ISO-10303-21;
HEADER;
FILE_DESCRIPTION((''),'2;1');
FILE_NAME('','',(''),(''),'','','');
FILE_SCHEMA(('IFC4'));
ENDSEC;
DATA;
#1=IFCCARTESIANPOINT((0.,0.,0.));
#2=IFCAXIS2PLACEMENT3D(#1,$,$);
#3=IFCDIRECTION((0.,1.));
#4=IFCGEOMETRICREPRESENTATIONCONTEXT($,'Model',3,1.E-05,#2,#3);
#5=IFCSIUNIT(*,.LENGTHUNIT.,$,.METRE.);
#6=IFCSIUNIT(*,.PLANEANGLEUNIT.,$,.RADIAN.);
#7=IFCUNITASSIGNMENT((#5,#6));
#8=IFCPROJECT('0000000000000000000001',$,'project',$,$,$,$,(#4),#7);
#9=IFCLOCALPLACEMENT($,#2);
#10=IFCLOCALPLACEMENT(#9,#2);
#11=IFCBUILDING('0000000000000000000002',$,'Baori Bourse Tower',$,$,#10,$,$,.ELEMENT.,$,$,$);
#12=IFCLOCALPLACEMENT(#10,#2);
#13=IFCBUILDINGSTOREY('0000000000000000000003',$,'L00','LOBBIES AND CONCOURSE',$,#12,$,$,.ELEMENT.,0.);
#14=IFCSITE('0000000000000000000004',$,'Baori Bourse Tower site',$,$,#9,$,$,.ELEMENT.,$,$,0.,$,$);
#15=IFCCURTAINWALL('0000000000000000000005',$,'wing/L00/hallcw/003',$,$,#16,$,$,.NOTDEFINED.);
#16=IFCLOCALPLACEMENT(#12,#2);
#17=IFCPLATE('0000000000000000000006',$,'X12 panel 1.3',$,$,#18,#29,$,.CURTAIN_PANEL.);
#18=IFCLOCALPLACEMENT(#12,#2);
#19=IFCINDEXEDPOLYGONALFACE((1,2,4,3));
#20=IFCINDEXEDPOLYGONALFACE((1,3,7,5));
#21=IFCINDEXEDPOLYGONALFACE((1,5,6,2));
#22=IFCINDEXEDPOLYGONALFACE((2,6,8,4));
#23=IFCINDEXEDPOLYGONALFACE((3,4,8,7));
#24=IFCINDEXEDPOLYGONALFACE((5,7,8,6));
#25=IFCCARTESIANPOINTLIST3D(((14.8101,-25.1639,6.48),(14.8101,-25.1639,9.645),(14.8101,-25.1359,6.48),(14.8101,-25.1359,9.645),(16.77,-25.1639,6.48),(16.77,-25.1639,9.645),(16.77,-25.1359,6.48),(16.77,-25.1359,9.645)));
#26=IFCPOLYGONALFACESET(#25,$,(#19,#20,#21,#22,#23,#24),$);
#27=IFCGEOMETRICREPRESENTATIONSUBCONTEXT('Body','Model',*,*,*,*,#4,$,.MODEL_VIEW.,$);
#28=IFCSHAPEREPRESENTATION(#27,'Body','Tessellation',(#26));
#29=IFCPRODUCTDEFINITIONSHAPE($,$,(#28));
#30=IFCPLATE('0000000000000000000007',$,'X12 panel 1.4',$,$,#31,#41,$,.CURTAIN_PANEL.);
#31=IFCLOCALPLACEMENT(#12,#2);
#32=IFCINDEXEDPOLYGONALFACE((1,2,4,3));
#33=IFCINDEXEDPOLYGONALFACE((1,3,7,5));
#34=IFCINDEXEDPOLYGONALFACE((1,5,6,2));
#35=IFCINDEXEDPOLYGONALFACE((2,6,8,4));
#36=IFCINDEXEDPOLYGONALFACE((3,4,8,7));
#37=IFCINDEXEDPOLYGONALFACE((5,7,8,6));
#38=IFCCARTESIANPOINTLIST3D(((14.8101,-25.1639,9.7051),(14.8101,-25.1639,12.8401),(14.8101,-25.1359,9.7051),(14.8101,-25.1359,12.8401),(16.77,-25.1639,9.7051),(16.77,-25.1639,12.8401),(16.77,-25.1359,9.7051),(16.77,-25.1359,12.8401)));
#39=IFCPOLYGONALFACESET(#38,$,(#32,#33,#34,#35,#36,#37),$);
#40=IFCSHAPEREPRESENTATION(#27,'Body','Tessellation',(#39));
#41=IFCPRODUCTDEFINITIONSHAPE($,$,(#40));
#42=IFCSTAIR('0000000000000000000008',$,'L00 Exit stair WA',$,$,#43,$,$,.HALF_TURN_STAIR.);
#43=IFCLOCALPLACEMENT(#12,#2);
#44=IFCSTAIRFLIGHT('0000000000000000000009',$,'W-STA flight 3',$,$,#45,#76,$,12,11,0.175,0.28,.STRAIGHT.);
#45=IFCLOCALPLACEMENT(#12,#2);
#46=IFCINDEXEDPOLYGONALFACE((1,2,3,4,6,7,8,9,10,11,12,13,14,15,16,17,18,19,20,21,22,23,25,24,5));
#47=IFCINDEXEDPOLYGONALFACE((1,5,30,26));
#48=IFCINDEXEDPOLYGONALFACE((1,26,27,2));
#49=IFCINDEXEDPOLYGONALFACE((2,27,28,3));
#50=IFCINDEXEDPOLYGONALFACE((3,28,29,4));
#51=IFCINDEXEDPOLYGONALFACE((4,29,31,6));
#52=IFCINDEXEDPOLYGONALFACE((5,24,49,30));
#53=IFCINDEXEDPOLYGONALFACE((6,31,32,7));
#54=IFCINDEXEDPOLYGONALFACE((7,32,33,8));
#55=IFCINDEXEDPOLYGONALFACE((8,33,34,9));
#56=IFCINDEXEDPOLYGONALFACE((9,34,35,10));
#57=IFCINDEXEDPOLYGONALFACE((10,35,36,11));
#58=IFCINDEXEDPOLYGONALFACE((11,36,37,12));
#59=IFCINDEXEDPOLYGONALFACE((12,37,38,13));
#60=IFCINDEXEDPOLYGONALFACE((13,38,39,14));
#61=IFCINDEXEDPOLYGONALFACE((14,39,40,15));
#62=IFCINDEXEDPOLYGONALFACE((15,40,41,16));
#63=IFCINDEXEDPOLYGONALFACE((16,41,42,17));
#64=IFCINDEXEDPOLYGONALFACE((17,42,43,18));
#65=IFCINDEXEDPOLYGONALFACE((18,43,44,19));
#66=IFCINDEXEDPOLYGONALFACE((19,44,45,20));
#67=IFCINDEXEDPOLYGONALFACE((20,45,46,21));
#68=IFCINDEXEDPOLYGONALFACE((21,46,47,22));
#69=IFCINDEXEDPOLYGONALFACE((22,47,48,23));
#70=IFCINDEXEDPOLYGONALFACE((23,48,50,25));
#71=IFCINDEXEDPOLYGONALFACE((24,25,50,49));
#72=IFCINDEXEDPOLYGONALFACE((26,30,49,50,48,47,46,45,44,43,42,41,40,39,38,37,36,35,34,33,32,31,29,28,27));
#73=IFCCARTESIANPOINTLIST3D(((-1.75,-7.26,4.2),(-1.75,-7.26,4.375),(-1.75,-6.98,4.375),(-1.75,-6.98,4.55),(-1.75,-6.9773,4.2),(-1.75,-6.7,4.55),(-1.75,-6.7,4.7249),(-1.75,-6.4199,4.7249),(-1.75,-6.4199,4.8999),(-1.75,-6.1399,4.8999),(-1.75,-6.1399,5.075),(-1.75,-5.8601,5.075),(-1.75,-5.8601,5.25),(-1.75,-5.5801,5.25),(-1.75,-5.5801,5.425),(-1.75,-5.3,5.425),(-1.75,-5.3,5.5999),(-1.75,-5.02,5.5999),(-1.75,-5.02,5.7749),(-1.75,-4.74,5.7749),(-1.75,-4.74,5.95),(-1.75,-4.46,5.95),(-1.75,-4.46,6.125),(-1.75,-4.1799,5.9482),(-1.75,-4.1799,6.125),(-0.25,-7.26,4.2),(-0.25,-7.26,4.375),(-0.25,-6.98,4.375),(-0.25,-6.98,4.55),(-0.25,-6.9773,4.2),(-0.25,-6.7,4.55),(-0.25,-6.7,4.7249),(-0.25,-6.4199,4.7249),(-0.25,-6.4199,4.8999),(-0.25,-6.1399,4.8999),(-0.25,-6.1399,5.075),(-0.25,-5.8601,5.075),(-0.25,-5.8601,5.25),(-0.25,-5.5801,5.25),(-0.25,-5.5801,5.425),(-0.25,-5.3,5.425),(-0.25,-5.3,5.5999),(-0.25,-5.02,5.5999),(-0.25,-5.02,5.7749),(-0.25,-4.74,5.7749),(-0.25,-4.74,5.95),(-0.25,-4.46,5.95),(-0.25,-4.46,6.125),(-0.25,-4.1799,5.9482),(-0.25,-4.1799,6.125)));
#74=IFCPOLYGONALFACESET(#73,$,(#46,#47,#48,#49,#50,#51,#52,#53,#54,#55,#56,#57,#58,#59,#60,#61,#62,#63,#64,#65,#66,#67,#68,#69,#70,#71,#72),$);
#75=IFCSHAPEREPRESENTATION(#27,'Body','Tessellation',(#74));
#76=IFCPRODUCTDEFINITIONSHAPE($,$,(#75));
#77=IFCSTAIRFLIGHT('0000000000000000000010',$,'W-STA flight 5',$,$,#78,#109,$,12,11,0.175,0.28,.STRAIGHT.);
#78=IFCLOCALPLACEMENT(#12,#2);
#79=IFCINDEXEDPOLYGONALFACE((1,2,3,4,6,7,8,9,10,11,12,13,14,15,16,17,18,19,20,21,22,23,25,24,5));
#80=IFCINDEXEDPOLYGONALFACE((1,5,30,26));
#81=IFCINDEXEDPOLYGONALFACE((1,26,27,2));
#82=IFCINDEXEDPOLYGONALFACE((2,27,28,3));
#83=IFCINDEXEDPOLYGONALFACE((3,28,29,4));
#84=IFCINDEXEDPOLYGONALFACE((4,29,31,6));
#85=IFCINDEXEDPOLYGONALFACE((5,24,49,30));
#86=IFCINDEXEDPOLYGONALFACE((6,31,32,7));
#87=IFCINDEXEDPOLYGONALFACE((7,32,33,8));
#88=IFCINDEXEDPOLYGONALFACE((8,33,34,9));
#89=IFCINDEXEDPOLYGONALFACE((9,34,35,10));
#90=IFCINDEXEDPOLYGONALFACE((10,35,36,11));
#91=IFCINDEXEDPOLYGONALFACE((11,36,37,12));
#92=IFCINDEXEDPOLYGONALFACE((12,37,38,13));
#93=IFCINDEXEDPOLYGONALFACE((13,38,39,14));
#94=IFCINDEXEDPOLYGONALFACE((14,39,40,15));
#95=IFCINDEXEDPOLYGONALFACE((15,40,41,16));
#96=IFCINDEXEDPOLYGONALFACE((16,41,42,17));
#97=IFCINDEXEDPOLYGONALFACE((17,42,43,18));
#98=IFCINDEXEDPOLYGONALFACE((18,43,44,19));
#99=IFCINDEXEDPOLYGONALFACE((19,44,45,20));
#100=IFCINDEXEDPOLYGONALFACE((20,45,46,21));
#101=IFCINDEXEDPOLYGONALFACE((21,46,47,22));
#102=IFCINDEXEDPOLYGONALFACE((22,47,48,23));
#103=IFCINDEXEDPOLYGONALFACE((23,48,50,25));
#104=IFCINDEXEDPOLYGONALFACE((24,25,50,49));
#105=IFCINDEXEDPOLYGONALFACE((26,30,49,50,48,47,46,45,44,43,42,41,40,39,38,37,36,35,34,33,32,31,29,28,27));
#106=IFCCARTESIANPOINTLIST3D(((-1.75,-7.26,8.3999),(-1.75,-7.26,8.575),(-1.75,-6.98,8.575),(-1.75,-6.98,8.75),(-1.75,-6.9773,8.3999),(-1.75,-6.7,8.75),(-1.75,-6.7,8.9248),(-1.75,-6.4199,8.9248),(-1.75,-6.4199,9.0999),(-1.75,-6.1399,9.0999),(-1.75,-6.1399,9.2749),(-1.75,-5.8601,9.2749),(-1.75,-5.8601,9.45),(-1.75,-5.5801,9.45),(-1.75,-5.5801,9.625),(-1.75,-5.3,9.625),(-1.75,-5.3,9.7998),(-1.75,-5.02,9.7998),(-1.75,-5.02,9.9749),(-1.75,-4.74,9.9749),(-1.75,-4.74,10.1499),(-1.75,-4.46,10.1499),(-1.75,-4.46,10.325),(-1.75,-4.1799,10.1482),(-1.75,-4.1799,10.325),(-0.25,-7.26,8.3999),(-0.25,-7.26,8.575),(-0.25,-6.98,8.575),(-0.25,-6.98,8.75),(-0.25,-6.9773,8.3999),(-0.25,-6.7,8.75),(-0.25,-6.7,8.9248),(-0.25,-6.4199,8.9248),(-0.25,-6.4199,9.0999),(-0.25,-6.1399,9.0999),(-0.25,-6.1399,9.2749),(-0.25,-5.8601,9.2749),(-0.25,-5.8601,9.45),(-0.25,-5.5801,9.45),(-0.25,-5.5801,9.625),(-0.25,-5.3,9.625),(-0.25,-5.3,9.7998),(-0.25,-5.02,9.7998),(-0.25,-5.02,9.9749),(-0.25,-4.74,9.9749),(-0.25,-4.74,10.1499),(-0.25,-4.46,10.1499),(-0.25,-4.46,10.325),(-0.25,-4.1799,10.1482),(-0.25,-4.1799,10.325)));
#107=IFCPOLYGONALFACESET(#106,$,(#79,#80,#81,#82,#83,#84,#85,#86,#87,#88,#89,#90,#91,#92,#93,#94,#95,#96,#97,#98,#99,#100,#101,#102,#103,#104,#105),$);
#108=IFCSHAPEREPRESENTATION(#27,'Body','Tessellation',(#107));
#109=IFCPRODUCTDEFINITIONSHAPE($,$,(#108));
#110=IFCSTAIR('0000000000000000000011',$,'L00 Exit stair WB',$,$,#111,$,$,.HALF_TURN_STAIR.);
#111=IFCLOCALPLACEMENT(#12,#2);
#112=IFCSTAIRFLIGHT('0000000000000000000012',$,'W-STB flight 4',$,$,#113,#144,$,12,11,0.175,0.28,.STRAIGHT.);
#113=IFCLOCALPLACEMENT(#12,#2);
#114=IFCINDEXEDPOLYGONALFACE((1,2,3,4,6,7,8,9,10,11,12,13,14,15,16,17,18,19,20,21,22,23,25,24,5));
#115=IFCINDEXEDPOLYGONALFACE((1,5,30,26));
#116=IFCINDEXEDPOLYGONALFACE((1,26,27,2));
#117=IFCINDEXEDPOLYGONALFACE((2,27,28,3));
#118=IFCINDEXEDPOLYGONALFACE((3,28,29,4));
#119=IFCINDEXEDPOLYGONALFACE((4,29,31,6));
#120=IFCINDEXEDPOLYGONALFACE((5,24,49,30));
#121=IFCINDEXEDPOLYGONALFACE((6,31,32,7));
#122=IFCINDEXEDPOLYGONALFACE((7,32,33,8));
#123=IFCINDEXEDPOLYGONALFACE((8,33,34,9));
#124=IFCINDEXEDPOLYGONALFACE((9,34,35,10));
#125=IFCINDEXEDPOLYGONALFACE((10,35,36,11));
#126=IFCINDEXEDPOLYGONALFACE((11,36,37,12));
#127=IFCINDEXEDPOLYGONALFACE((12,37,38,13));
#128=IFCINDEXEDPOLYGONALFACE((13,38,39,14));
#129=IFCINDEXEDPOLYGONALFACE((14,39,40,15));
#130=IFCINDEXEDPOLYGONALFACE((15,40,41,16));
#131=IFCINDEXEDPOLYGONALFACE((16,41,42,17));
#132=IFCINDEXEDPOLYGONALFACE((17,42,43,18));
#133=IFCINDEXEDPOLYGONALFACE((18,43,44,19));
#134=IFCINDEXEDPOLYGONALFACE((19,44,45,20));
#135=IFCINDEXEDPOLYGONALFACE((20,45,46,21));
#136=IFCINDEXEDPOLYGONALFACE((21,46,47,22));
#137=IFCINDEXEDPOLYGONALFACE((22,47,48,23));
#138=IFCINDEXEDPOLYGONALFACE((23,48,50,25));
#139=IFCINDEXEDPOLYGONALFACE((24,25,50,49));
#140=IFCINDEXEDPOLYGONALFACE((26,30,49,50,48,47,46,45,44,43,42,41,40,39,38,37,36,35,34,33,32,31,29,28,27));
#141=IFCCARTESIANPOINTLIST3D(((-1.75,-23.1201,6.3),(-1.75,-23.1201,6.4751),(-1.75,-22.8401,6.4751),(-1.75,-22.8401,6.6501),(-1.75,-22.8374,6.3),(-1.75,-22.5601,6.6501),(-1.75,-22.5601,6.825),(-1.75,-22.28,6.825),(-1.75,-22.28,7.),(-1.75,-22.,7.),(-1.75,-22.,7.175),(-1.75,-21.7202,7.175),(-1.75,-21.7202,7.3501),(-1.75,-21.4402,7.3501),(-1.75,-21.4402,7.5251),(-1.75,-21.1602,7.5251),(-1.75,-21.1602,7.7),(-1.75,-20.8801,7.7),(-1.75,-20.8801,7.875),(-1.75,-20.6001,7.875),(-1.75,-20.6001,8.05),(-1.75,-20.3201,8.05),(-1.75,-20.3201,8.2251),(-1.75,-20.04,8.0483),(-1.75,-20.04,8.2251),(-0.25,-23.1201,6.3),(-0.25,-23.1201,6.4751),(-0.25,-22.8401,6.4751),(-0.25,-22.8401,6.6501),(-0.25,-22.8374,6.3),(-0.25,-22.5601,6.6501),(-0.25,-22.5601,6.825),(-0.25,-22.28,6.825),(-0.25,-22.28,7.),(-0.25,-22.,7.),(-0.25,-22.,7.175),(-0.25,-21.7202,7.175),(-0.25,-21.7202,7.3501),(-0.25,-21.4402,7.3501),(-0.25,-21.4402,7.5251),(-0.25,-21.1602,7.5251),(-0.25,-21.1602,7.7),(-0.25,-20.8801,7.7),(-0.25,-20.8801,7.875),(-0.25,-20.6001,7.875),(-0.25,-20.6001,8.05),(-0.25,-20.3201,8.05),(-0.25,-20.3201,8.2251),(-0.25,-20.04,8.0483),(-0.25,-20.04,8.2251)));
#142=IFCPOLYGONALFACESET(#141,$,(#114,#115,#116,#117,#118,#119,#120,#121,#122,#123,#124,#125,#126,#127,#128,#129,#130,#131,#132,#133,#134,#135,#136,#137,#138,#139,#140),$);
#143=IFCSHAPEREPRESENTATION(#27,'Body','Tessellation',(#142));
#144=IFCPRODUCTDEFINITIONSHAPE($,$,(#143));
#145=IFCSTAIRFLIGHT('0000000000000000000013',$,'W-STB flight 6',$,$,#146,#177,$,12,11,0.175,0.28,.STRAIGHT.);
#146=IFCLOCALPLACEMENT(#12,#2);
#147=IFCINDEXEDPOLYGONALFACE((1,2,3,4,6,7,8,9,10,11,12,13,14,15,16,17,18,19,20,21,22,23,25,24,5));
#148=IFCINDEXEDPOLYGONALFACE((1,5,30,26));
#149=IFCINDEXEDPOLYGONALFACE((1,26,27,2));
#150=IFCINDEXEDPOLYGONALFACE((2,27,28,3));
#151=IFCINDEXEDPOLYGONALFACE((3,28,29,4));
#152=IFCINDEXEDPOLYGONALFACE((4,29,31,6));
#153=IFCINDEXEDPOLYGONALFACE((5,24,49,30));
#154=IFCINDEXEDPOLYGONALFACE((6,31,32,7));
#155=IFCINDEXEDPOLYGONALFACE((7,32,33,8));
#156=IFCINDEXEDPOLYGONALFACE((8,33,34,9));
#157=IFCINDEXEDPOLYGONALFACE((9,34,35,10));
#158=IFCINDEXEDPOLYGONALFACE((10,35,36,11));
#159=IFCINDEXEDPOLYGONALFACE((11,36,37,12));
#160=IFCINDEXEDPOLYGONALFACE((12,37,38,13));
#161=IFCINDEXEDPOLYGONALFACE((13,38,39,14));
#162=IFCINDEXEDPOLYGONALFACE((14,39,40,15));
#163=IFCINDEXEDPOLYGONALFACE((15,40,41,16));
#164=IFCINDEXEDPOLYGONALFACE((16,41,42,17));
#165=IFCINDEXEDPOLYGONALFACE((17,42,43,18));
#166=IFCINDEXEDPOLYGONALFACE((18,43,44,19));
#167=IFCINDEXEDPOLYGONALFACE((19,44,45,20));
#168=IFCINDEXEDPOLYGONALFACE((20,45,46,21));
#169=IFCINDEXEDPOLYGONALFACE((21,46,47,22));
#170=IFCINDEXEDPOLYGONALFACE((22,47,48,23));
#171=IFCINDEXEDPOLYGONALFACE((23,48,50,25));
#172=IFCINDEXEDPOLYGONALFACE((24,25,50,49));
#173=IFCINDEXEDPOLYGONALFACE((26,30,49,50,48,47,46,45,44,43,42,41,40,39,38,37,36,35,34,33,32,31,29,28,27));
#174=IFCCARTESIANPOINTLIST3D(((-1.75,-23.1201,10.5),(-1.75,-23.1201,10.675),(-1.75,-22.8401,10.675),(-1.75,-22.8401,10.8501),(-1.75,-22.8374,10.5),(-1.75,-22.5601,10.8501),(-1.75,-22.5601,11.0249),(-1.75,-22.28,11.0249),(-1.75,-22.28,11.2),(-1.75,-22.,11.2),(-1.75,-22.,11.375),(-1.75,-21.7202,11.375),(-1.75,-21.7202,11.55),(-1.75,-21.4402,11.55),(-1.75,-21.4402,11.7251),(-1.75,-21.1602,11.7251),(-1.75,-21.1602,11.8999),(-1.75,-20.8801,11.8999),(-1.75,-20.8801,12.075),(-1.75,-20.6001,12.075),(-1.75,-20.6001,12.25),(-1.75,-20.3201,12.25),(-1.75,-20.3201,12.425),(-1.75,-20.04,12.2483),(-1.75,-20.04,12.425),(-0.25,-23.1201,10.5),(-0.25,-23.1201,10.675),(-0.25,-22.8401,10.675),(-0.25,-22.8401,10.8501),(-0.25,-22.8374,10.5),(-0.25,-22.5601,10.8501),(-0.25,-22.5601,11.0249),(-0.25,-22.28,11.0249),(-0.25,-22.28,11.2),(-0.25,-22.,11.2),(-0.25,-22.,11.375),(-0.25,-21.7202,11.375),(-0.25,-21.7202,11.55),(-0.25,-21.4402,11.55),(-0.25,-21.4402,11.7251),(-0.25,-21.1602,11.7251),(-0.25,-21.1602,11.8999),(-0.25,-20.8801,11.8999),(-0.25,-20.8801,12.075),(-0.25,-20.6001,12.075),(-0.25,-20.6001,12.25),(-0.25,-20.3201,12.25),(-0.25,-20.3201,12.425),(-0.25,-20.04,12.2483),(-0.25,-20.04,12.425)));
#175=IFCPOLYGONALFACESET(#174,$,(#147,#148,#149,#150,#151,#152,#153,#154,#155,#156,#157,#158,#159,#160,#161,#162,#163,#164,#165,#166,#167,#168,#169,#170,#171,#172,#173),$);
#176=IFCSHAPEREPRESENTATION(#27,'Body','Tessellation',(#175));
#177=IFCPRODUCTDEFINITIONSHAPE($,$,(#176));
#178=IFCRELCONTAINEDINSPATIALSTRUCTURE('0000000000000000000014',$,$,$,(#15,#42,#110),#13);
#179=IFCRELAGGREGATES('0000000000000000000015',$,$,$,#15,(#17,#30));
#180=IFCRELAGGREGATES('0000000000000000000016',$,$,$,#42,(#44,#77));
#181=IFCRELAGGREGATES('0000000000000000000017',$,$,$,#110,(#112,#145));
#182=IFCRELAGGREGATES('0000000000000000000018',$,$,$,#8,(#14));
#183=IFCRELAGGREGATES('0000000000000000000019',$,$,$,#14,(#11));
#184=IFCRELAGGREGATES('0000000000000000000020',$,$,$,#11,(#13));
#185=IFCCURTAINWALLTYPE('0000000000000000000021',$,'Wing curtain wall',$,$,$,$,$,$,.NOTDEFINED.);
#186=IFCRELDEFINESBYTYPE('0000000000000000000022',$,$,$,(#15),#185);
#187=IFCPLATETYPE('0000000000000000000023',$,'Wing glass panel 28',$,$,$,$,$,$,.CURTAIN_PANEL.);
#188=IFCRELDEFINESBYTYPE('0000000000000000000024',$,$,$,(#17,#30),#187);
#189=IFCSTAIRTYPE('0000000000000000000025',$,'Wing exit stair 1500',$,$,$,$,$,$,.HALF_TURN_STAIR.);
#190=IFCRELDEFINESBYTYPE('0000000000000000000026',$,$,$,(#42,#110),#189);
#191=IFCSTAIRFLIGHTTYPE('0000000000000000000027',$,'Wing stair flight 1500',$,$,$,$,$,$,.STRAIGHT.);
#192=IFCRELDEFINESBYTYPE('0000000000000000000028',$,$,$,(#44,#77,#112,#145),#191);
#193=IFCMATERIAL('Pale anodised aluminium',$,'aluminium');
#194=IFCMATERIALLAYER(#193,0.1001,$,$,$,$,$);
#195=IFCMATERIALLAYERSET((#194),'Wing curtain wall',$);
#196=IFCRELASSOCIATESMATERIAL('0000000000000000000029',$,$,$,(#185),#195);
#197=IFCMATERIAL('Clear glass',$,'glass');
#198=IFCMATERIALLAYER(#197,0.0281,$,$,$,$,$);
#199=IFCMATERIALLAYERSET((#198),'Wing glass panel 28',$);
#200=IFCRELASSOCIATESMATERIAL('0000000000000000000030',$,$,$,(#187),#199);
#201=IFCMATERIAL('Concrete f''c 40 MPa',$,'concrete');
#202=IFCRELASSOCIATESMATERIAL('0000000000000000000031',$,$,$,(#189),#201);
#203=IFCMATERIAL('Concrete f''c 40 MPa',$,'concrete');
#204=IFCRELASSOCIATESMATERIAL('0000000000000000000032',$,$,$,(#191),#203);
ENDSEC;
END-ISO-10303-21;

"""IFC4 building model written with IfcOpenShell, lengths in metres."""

from ifc_helpers import new_model, si_unit, direction, frame, origin, origin_2d, place, context, subcontext, project, spatial, polyline, rectangle, outline, extrude, material, layer, layer_set, type_object, element, aggregate, save


model = new_model("IFC4")

# Units and contexts
model_context = context("Model", 3, precision=1e-05, world=origin(), true_north=direction((0.0, 1.0)))
body_context = subcontext(model_context, "Body", "Model", "MODEL_VIEW")
ifc_project = project(units=[si_unit("LENGTHUNIT", "METRE"), si_unit("PLANEANGLEUNIT", "RADIAN")], contexts=[model_context])

# Site, building, storey
site_placement = place(None, origin())
site = spatial("IfcSite", under=ifc_project, at=site_placement, Name="Baori Bourse Tower site", CompositionType="ELEMENT", RefElevation=0.0)
building_placement = place(site_placement, origin())
building = spatial("IfcBuilding", under=site, at=building_placement, Name="Baori Bourse Tower", CompositionType="ELEMENT")
storey_placement = place(building_placement, origin())
storey = spatial("IfcBuildingStorey", under=building, at=storey_placement, Name="L00", Description="LOBBIES AND CONCOURSE", CompositionType="ELEMENT", Elevation=0.0)

# Curtain wall
ifc_material_1 = material(Name="Pale anodised aluminium", Category="aluminium")
ifc_layer_1 = layer(ifc_material_1, 0.1001)
ifc_layer_set_1 = layer_set([ifc_layer_1], Name="Wing curtain wall")
curtain_wall_type = type_object("IfcCurtainWallType", Name="Wing curtain wall", PredefinedType="NOTDEFINED", material=ifc_layer_set_1)
curtain_wall_1_placement = place(storey_placement, origin())
curtain_wall_1 = element("IfcCurtainWall", 1, at=curtain_wall_1_placement, inside=storey, type_object=curtain_wall_type, Name="wing/L00/hallcw/003", PredefinedType="NOTDEFINED")

# Plates
ifc_material_2 = material(Name="Clear glass", Category="glass")
ifc_layer_2 = layer(ifc_material_2, 0.0281)
ifc_layer_set_2 = layer_set([ifc_layer_2], Name="Wing glass panel 28")
plate_type = type_object("IfcPlateType", Name="Wing glass panel 28", PredefinedType="CURTAIN_PANEL", material=ifc_layer_set_2)
plate_1_placement = place(storey_placement, frame((15.79, -25.1499, 6.48), z_axis=(0.0, 0.0, 1.0), x_axis=(1.0, 0.0, 0.0)))
plate_1 = element("IfcPlate", 2, at=plate_1_placement, type_object=plate_type, Name="X12 panel 1.3", PredefinedType="CURTAIN_PANEL", context=body_context, shape_type="SweptSolid", body=[
    extrude(rectangle(XDim=1.96, YDim=0.0281, at=origin_2d()), origin(), (0.0, 0.0, 1.0), 3.165),
])
plate_2_placement = place(storey_placement, frame((15.79, -25.1499, 9.7051), z_axis=(0.0, 0.0, 1.0), x_axis=(1.0, 0.0, 0.0)))
plate_2 = element("IfcPlate", 3, at=plate_2_placement, type_object=plate_type, Name="X12 panel 1.4", PredefinedType="CURTAIN_PANEL", context=body_context, shape_type="SweptSolid", body=[
    extrude(rectangle(XDim=1.96, YDim=0.0281, at=origin_2d()), origin(), (0.0, 0.0, 1.0), 3.135),
])
aggregate(curtain_wall_1, [plate_1, plate_2])

# Stairs, stair flights
ifc_material_3 = material(Name="Concrete f'c 40 MPa", Category="concrete")
stair_type = type_object("IfcStairType", Name="Wing exit stair 1500", PredefinedType="HALF_TURN_STAIR", material=ifc_material_3)
stair_1_placement = place(storey_placement, origin())
stair_1 = element("IfcStair", 4, at=stair_1_placement, inside=storey, type_object=stair_type, Name="L00 Exit stair WA", PredefinedType="HALF_TURN_STAIR")
ifc_material_4 = material(Name="Concrete f'c 40 MPa", Category="concrete")
stair_flight_type = type_object("IfcStairFlightType", Name="Wing stair flight 1500", PredefinedType="STRAIGHT", material=ifc_material_4)
stair_flight_1_placement = place(storey_placement, frame((-1.0, -7.26, 4.2), z_axis=(0.0, 0.0, 1.0), x_axis=(0.0, 1.0, 0.0)))
stair_flight_1 = element("IfcStairFlight", 5, at=stair_flight_1_placement, type_object=stair_flight_type, Name="W-STA flight 3", NumberOfRisers=12, NumberOfTreads=11, PredefinedType="STRAIGHT", RiserHeight=0.175, TreadLength=0.28, context=body_context, shape_type="SweptSolid", body=[
    extrude(outline(polyline([(0.0, 0.0), (0.0, 0.175), (0.28, 0.175), (0.28, 0.3501), (0.5601, 0.3501), (0.5601, 0.5249), (0.8401, 0.5249), (0.8401, 0.7), (1.1201, 0.7), (1.1201, 0.875), (1.3999, 0.875), (1.3999, 1.05), (1.6799, 1.05), (1.6799, 1.2251), (1.96, 1.2251), (1.96, 1.3999), (2.24, 1.3999), (2.24, 1.575), (2.52, 1.575), (2.52, 1.75), (2.8, 1.75), (2.8, 1.925), (3.0801, 1.925), (3.0801, 2.1001), (3.0801, 1.7483), (0.2827, 0.0), (0.0, 0.0)])), frame((0.0, 0.75, 0.0), z_axis=(0.0, -1.0, 0.0), x_axis=(1.0, 0.0, 0.0)), (0.0, 0.0, 1.0), 1.5),
])
stair_flight_2_placement = place(storey_placement, frame((-1.0, -7.26, 8.3999), z_axis=(0.0, 0.0, 1.0), x_axis=(0.0, 1.0, 0.0)))
stair_flight_2 = element("IfcStairFlight", 6, at=stair_flight_2_placement, type_object=stair_flight_type, Name="W-STA flight 5", NumberOfRisers=12, NumberOfTreads=11, PredefinedType="STRAIGHT", RiserHeight=0.175, TreadLength=0.28, context=body_context, shape_type="SweptSolid", body=[
    extrude(outline(polyline([(0.0, 0.0), (0.0, 0.175), (0.28, 0.175), (0.28, 0.3501), (0.5601, 0.3501), (0.5601, 0.5249), (0.8401, 0.5249), (0.8401, 0.7), (1.1201, 0.7), (1.1201, 0.875), (1.3999, 0.875), (1.3999, 1.05), (1.6799, 1.05), (1.6799, 1.2251), (1.96, 1.2251), (1.96, 1.3999), (2.24, 1.3999), (2.24, 1.575), (2.52, 1.575), (2.52, 1.75), (2.8, 1.75), (2.8, 1.925), (3.0801, 1.925), (3.0801, 2.1001), (3.0801, 1.7483), (0.2827, 0.0), (0.0, 0.0)])), frame((0.0, 0.75, 0.0), z_axis=(0.0, -1.0, 0.0), x_axis=(1.0, 0.0, 0.0)), (0.0, 0.0, 1.0), 1.5),
])
aggregate(stair_1, [stair_flight_1, stair_flight_2])
stair_2_placement = place(storey_placement, origin())
stair_2 = element("IfcStair", 7, at=stair_2_placement, inside=storey, type_object=stair_type, Name="L00 Exit stair WB", PredefinedType="HALF_TURN_STAIR")
stair_flight_3_placement = place(storey_placement, frame((-1.0, -23.1201, 6.3), z_axis=(0.0, 0.0, 1.0), x_axis=(0.0, 1.0, 0.0)))
stair_flight_3 = element("IfcStairFlight", 8, at=stair_flight_3_placement, type_object=stair_flight_type, Name="W-STB flight 4", NumberOfRisers=12, NumberOfTreads=11, PredefinedType="STRAIGHT", RiserHeight=0.175, TreadLength=0.28, context=body_context, shape_type="SweptSolid", body=[
    extrude(outline(polyline([(0.0, 0.0), (0.0, 0.175), (0.28, 0.175), (0.28, 0.3501), (0.5601, 0.3501), (0.5601, 0.5249), (0.8401, 0.5249), (0.8401, 0.7), (1.1201, 0.7), (1.1201, 0.875), (1.3999, 0.875), (1.3999, 1.05), (1.6799, 1.05), (1.6799, 1.2251), (1.96, 1.2251), (1.96, 1.3999), (2.24, 1.3999), (2.24, 1.575), (2.52, 1.575), (2.52, 1.75), (2.8, 1.75), (2.8, 1.925), (3.0801, 1.925), (3.0801, 2.1001), (3.0801, 1.7483), (0.2827, 0.0), (0.0, 0.0)])), frame((0.0, 0.75, 0.0), z_axis=(0.0, -1.0, 0.0), x_axis=(1.0, 0.0, 0.0)), (0.0, 0.0, 1.0), 1.5),
])
stair_flight_4_placement = place(storey_placement, frame((-1.0, -23.1201, 10.5), z_axis=(0.0, 0.0, 1.0), x_axis=(0.0, 1.0, 0.0)))
stair_flight_4 = element("IfcStairFlight", 9, at=stair_flight_4_placement, type_object=stair_flight_type, Name="W-STB flight 6", NumberOfRisers=12, NumberOfTreads=11, PredefinedType="STRAIGHT", RiserHeight=0.175, TreadLength=0.28, context=body_context, shape_type="SweptSolid", body=[
    extrude(outline(polyline([(0.0, 0.0), (0.0, 0.175), (0.28, 0.175), (0.28, 0.3501), (0.5601, 0.3501), (0.5601, 0.5249), (0.8401, 0.5249), (0.8401, 0.7), (1.1201, 0.7), (1.1201, 0.875), (1.3999, 0.875), (1.3999, 1.05), (1.6799, 1.05), (1.6799, 1.2251), (1.96, 1.2251), (1.96, 1.3999), (2.24, 1.3999), (2.24, 1.575), (2.52, 1.575), (2.52, 1.75), (2.8, 1.75), (2.8, 1.925), (3.0801, 1.925), (3.0801, 2.1001), (3.0801, 1.7483), (0.2827, 0.0), (0.0, 0.0)])), frame((0.0, 0.75, 0.0), z_axis=(0.0, -1.0, 0.0), x_axis=(1.0, 0.0, 0.0)), (0.0, 0.0, 1.0), 1.5),
])
aggregate(stair_2, [stair_flight_3, stair_flight_4])

save(model, "model.ifc")
